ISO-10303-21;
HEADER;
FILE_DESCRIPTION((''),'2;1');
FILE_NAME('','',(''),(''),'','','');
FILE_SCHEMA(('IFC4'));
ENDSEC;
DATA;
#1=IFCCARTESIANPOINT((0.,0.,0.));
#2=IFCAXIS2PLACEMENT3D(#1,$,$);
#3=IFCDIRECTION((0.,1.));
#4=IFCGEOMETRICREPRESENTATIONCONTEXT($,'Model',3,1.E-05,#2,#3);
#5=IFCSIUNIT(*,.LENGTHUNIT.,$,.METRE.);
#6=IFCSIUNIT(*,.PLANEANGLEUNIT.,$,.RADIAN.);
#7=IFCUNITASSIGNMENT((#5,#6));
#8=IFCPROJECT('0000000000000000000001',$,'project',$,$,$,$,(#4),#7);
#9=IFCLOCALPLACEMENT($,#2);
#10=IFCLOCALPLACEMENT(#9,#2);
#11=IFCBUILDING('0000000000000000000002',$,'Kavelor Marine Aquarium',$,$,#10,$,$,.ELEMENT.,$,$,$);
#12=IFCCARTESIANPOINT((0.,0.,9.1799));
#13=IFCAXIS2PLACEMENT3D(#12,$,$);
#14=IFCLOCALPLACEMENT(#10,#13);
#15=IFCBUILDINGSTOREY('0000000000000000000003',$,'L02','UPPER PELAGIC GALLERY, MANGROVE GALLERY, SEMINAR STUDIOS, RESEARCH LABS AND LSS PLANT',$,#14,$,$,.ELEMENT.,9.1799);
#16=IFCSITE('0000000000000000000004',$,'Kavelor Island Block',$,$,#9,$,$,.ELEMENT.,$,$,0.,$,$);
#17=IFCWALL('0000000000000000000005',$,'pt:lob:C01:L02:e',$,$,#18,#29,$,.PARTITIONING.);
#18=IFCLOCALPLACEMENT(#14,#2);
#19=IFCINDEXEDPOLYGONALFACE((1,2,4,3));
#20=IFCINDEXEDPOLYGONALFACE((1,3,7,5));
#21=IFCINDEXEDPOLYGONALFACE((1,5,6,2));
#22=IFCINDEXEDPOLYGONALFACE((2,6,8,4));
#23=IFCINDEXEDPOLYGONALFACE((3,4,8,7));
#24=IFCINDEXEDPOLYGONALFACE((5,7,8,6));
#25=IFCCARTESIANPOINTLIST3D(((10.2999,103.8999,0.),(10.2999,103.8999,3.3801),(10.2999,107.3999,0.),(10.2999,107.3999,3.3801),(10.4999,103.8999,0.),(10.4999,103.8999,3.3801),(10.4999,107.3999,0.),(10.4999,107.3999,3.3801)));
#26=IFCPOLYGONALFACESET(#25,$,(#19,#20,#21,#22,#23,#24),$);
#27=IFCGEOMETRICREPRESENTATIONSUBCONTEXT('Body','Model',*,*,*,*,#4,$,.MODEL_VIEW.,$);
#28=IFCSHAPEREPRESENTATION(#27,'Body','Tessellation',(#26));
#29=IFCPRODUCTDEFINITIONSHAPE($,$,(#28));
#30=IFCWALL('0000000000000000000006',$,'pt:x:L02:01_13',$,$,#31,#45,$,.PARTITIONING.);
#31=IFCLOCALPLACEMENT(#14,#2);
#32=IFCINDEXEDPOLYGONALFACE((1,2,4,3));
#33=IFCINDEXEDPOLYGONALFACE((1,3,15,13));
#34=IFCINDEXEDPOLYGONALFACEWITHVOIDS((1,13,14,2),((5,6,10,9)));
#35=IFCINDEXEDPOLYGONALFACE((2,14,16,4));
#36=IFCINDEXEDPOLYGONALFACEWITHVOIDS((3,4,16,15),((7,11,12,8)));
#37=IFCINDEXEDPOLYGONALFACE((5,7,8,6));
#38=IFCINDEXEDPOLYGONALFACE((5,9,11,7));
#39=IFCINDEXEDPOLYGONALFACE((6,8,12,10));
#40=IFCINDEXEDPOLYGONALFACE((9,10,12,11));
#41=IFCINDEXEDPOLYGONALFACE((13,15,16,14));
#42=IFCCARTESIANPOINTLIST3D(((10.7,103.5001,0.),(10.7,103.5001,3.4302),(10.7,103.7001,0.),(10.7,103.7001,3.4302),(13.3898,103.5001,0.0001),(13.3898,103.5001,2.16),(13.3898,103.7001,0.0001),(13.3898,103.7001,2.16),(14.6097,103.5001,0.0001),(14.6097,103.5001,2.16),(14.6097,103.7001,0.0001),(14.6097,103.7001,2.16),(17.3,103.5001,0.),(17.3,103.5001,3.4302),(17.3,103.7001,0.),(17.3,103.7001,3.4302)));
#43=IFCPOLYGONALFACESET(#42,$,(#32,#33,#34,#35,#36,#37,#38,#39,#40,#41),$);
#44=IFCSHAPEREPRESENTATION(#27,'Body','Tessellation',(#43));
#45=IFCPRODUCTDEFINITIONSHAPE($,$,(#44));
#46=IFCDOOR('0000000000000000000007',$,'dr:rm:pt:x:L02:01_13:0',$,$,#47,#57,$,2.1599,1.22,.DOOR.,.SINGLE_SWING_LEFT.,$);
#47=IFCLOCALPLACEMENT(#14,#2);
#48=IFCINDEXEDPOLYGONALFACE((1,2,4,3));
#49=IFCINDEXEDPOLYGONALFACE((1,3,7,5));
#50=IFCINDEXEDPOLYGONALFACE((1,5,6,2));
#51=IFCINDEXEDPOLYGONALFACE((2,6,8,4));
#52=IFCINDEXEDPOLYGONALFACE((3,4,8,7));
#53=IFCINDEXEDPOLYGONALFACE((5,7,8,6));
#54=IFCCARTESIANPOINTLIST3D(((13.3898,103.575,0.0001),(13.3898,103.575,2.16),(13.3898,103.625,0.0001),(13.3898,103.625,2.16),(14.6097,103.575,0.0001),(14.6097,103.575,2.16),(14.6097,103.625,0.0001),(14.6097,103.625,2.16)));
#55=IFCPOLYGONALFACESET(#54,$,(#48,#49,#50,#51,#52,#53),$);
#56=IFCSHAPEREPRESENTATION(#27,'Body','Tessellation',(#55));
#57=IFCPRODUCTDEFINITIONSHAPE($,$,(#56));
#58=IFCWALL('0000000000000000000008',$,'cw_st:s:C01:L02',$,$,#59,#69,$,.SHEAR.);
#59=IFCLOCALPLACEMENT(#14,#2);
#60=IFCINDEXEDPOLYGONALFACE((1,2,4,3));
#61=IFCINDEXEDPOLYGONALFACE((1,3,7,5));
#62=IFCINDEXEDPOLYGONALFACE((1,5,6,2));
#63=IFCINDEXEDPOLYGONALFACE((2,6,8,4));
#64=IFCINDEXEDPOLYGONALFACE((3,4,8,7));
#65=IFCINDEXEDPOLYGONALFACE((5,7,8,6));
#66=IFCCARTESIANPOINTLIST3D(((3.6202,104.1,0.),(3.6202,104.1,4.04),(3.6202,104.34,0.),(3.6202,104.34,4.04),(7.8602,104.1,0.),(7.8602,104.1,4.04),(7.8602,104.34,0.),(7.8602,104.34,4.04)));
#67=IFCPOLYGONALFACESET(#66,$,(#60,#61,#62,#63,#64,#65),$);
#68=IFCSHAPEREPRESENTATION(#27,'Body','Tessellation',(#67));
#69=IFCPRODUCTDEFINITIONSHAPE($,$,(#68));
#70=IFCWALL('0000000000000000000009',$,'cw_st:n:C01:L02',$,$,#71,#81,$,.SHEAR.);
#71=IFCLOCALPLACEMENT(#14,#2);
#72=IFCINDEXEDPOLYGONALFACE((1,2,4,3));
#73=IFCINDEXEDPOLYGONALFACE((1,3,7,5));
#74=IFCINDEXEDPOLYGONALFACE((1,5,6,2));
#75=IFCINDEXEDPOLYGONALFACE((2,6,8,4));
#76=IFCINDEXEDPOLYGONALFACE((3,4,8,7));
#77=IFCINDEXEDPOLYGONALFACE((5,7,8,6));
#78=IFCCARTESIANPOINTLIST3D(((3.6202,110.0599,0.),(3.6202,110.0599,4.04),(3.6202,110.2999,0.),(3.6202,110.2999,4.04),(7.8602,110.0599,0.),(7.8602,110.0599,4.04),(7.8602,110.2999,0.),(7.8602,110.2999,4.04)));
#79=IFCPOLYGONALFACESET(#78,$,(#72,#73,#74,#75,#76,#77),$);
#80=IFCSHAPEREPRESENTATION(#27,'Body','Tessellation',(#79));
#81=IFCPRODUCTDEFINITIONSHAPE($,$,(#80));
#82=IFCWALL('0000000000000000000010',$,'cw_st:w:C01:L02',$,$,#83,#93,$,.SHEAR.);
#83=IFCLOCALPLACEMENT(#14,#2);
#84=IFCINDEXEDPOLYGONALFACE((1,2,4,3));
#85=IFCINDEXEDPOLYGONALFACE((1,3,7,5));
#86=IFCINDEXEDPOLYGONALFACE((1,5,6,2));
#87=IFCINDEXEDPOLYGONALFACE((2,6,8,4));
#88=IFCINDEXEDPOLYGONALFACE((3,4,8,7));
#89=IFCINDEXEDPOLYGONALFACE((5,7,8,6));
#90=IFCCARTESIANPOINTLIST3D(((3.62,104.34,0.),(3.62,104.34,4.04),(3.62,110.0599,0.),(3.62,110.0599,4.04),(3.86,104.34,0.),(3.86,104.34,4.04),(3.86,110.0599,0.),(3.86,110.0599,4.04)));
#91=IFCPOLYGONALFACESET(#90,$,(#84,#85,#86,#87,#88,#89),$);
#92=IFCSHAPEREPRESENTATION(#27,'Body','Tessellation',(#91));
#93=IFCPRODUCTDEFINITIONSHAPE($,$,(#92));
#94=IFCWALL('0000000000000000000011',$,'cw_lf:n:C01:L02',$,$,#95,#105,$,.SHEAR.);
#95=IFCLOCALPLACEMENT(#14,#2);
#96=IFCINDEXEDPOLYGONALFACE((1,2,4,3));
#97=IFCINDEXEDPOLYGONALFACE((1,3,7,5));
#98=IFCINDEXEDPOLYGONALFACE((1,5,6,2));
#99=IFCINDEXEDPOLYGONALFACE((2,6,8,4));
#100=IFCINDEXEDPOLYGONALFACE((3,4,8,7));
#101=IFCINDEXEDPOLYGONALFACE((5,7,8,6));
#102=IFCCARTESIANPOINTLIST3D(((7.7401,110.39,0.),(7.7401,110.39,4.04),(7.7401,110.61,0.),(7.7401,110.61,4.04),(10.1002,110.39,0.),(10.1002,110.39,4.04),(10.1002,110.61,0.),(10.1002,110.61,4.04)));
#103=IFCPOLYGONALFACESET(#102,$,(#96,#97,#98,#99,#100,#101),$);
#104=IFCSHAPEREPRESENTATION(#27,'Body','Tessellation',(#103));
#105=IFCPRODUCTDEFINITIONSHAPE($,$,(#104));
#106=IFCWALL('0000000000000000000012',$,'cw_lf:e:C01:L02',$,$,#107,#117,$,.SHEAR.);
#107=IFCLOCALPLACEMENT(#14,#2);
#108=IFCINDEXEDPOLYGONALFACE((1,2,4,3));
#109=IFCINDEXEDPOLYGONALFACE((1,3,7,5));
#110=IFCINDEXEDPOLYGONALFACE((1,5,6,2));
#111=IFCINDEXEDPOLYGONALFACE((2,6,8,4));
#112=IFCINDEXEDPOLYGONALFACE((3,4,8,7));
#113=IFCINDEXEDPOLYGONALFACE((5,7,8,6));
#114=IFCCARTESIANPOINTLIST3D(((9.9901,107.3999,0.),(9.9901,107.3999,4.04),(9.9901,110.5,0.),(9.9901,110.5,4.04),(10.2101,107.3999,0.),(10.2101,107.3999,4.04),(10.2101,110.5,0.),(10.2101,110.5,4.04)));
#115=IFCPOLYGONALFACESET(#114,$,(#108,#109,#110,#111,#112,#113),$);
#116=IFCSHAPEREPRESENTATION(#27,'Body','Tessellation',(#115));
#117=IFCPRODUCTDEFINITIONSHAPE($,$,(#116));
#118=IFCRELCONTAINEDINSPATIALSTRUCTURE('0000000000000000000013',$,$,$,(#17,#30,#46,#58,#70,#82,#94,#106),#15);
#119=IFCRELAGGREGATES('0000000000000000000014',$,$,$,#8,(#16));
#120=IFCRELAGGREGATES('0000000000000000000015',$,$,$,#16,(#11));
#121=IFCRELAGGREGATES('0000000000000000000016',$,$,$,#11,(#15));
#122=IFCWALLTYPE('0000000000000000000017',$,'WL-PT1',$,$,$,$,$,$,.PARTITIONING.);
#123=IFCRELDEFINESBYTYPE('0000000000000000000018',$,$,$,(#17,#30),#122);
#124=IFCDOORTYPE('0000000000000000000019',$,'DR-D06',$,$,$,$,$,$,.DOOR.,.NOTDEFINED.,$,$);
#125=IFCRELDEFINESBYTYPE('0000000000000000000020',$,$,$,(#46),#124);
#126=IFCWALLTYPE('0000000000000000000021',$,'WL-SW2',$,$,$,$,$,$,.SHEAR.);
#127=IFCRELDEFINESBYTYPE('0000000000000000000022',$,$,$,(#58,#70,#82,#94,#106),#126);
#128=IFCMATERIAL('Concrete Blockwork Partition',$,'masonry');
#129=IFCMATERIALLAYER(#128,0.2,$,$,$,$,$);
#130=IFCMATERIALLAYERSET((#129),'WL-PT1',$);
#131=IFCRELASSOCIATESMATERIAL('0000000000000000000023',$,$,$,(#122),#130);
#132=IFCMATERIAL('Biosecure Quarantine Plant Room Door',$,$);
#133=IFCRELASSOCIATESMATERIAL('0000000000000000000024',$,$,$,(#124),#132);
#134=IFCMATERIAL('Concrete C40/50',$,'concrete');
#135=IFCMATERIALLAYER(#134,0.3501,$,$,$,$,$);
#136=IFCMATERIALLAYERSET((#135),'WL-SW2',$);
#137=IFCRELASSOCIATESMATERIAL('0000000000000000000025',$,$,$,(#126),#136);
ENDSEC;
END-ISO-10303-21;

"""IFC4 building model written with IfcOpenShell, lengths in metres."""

from ifc_helpers import new_model, si_unit, direction, frame, frame_2d, origin, place, context, subcontext, project, spatial, rectangle, extrude, material, layer, layer_set, type_object, element, fill, save


model = new_model("IFC4")

# Units and contexts
model_context = context("Model", 3, precision=1e-05, world=origin(), true_north=direction((0.0, 1.0)))
body_context = subcontext(model_context, "Body", "Model", "MODEL_VIEW")
ifc_project = project(units=[si_unit("LENGTHUNIT", "METRE"), si_unit("PLANEANGLEUNIT", "RADIAN")], contexts=[model_context])

# Site, building, storey
site_placement = place(None, origin())
site = spatial("IfcSite", under=ifc_project, at=site_placement, Name="Kavelor Island Block", CompositionType="ELEMENT", RefElevation=0.0)
building_placement = place(site_placement, origin())
building = spatial("IfcBuilding", under=site, at=building_placement, Name="Kavelor Marine Aquarium", CompositionType="ELEMENT")
storey_placement = place(building_placement, frame((0.0, 0.0, 9.1799)))
storey = spatial("IfcBuildingStorey", under=building, at=storey_placement, Name="L02", Description="UPPER PELAGIC GALLERY, MANGROVE GALLERY, SEMINAR STUDIOS, RESEARCH LABS AND LSS PLANT", CompositionType="ELEMENT", Elevation=9.1799)

# Wall
ifc_material_1 = material(Name="Concrete Blockwork Partition", Category="masonry")
ifc_layer_1 = layer(ifc_material_1, 0.2)
ifc_layer_set_1 = layer_set([ifc_layer_1], Name="WL-PT1")
wall_type_1 = type_object("IfcWallType", Name="WL-PT1", PredefinedType="PARTITIONING", material=ifc_layer_set_1)
wall_1_placement = place(storey_placement, frame((10.3999, 103.8999, 0.0), z_axis=(0.0, 0.0, 1.0), x_axis=(0.0, 1.0, 0.0)))
element("IfcWall", 1, at=wall_1_placement, inside=storey, type_object=wall_type_1, Name="pt:lob:C01:L02:e", PredefinedType="PARTITIONING", context=body_context, shape_type="SweptSolid", body=[
    extrude(rectangle(XDim=3.5, YDim=0.2, at=frame_2d((1.75, 0.0))), origin(), (0.0, 0.0, 1.0), 3.3801),
])

# Wall, opening, door
wall_2_placement = place(storey_placement, frame((10.7, 103.6001, 0.0), z_axis=(0.0, 0.0, 1.0), x_axis=(1.0, 0.0, 0.0)))
wall_2 = element("IfcWall", 2, at=wall_2_placement, inside=storey, type_object=wall_type_1, Name="pt:x:L02:01_13", PredefinedType="PARTITIONING", context=body_context, shape_type="SweptSolid", body=[
    extrude(rectangle(XDim=6.6001, YDim=0.2, at=frame_2d((3.3, 0.0))), origin(), (0.0, 0.0, 1.0), 3.4302),
])
opening_1_placement = place(wall_2_placement, frame((2.6899, 0.0, 0.0)))
opening_1 = element("IfcOpeningElement", 3, at=opening_1_placement, cuts=wall_2, PredefinedType="OPENING", context=body_context, shape_type="SweptSolid", body=[
    extrude(rectangle(XDim=1.22, YDim=2.1599, at=frame_2d((0.6099, 1.0801))), frame((0.0, 0.1099, 0.0), z_axis=(0.0, -1.0, 0.0), x_axis=(1.0, 0.0, 0.0)), (0.0, 0.0, 1.0), 0.22),
])
ifc_material_2 = material(Name="Biosecure Quarantine Plant Room Door")
door_type_1 = type_object("IfcDoorType", Name="DR-D06", OperationType="NOTDEFINED", PredefinedType="DOOR", material=ifc_material_2)
door_1_placement = place(opening_1_placement, origin())
door_1 = element("IfcDoor", 4, at=door_1_placement, inside=storey, type_object=door_type_1, Name="dr:rm:pt:x:L02:01_13:0", OperationType="SINGLE_SWING_LEFT", OverallHeight=2.1599, OverallWidth=1.22, PredefinedType="DOOR", context=body_context, shape_type="SweptSolid", body=[
    extrude(rectangle(XDim=1.22, YDim=2.1599, at=frame_2d((0.6099, 1.0801))), frame((0.0, 0.0249, 0.0), z_axis=(0.0, -1.0, 0.0), x_axis=(1.0, 0.0, 0.0)), (0.0, 0.0, 1.0), 0.05),
])
fill(opening_1, door_1)

# Walls
ifc_material_3 = material(Name="Concrete C40/50", Category="concrete")
ifc_layer_2 = layer(ifc_material_3, 0.3501)
ifc_layer_set_2 = layer_set([ifc_layer_2], Name="WL-SW2")
wall_type_2 = type_object("IfcWallType", Name="WL-SW2", PredefinedType="SHEAR", material=ifc_layer_set_2)
for number, where, z_axis, x_axis, name in (
    (5, (3.6201, 104.22, 0.0), (0.0, 0.0, 1.0), (1.0, 0.0, 0.0), "cw_st:s:C01:L02"),
    (6, (3.6201, 110.1799, 0.0), (0.0, 0.0, 1.0), (1.0, 0.0, 0.0), "cw_st:n:C01:L02"),
):
    element("IfcWall", number, at=place(storey_placement, frame(where, z_axis=z_axis, x_axis=x_axis)), inside=storey, type_object=wall_type_2, Name=name, PredefinedType="SHEAR", context=body_context, shape_type="SweptSolid", body=[
        extrude(rectangle(XDim=4.24, YDim=0.24, at=frame_2d((2.1201, 0.0))), origin(), (0.0, 0.0, 1.0), 4.04),
    ])
wall_3_placement = place(storey_placement, frame((3.74, 104.3401, 0.0), z_axis=(0.0, 0.0, 1.0), x_axis=(0.0, 1.0, 0.0)))
element("IfcWall", 7, at=wall_3_placement, inside=storey, type_object=wall_type_2, Name="cw_st:w:C01:L02", PredefinedType="SHEAR", context=body_context, shape_type="SweptSolid", body=[
    extrude(rectangle(XDim=5.72, YDim=0.24, at=frame_2d((2.8599, 0.0))), origin(), (0.0, 0.0, 1.0), 4.04),
])

# Walls
wall_4_placement = place(storey_placement, frame((7.74, 110.5, 0.0), z_axis=(0.0, 0.0, 1.0), x_axis=(1.0, 0.0, 0.0)))
element("IfcWall", 8, at=wall_4_placement, inside=storey, type_object=wall_type_2, Name="cw_lf:n:C01:L02", PredefinedType="SHEAR", context=body_context, shape_type="SweptSolid", body=[
    extrude(rectangle(XDim=2.3601, YDim=0.22, at=frame_2d((1.1802, 0.0))), origin(), (0.0, 0.0, 1.0), 4.04),
])
wall_5_placement = place(storey_placement, frame((10.1001, 107.3999, 0.0), z_axis=(0.0, 0.0, 1.0), x_axis=(0.0, 1.0, 0.0)))
element("IfcWall", 9, at=wall_5_placement, inside=storey, type_object=wall_type_2, Name="cw_lf:e:C01:L02", PredefinedType="SHEAR", context=body_context, shape_type="SweptSolid", body=[
    extrude(rectangle(XDim=3.1001, YDim=0.22, at=frame_2d((1.55, 0.0))), origin(), (0.0, 0.0, 1.0), 4.04),
])

save(model, "model.ifc")
